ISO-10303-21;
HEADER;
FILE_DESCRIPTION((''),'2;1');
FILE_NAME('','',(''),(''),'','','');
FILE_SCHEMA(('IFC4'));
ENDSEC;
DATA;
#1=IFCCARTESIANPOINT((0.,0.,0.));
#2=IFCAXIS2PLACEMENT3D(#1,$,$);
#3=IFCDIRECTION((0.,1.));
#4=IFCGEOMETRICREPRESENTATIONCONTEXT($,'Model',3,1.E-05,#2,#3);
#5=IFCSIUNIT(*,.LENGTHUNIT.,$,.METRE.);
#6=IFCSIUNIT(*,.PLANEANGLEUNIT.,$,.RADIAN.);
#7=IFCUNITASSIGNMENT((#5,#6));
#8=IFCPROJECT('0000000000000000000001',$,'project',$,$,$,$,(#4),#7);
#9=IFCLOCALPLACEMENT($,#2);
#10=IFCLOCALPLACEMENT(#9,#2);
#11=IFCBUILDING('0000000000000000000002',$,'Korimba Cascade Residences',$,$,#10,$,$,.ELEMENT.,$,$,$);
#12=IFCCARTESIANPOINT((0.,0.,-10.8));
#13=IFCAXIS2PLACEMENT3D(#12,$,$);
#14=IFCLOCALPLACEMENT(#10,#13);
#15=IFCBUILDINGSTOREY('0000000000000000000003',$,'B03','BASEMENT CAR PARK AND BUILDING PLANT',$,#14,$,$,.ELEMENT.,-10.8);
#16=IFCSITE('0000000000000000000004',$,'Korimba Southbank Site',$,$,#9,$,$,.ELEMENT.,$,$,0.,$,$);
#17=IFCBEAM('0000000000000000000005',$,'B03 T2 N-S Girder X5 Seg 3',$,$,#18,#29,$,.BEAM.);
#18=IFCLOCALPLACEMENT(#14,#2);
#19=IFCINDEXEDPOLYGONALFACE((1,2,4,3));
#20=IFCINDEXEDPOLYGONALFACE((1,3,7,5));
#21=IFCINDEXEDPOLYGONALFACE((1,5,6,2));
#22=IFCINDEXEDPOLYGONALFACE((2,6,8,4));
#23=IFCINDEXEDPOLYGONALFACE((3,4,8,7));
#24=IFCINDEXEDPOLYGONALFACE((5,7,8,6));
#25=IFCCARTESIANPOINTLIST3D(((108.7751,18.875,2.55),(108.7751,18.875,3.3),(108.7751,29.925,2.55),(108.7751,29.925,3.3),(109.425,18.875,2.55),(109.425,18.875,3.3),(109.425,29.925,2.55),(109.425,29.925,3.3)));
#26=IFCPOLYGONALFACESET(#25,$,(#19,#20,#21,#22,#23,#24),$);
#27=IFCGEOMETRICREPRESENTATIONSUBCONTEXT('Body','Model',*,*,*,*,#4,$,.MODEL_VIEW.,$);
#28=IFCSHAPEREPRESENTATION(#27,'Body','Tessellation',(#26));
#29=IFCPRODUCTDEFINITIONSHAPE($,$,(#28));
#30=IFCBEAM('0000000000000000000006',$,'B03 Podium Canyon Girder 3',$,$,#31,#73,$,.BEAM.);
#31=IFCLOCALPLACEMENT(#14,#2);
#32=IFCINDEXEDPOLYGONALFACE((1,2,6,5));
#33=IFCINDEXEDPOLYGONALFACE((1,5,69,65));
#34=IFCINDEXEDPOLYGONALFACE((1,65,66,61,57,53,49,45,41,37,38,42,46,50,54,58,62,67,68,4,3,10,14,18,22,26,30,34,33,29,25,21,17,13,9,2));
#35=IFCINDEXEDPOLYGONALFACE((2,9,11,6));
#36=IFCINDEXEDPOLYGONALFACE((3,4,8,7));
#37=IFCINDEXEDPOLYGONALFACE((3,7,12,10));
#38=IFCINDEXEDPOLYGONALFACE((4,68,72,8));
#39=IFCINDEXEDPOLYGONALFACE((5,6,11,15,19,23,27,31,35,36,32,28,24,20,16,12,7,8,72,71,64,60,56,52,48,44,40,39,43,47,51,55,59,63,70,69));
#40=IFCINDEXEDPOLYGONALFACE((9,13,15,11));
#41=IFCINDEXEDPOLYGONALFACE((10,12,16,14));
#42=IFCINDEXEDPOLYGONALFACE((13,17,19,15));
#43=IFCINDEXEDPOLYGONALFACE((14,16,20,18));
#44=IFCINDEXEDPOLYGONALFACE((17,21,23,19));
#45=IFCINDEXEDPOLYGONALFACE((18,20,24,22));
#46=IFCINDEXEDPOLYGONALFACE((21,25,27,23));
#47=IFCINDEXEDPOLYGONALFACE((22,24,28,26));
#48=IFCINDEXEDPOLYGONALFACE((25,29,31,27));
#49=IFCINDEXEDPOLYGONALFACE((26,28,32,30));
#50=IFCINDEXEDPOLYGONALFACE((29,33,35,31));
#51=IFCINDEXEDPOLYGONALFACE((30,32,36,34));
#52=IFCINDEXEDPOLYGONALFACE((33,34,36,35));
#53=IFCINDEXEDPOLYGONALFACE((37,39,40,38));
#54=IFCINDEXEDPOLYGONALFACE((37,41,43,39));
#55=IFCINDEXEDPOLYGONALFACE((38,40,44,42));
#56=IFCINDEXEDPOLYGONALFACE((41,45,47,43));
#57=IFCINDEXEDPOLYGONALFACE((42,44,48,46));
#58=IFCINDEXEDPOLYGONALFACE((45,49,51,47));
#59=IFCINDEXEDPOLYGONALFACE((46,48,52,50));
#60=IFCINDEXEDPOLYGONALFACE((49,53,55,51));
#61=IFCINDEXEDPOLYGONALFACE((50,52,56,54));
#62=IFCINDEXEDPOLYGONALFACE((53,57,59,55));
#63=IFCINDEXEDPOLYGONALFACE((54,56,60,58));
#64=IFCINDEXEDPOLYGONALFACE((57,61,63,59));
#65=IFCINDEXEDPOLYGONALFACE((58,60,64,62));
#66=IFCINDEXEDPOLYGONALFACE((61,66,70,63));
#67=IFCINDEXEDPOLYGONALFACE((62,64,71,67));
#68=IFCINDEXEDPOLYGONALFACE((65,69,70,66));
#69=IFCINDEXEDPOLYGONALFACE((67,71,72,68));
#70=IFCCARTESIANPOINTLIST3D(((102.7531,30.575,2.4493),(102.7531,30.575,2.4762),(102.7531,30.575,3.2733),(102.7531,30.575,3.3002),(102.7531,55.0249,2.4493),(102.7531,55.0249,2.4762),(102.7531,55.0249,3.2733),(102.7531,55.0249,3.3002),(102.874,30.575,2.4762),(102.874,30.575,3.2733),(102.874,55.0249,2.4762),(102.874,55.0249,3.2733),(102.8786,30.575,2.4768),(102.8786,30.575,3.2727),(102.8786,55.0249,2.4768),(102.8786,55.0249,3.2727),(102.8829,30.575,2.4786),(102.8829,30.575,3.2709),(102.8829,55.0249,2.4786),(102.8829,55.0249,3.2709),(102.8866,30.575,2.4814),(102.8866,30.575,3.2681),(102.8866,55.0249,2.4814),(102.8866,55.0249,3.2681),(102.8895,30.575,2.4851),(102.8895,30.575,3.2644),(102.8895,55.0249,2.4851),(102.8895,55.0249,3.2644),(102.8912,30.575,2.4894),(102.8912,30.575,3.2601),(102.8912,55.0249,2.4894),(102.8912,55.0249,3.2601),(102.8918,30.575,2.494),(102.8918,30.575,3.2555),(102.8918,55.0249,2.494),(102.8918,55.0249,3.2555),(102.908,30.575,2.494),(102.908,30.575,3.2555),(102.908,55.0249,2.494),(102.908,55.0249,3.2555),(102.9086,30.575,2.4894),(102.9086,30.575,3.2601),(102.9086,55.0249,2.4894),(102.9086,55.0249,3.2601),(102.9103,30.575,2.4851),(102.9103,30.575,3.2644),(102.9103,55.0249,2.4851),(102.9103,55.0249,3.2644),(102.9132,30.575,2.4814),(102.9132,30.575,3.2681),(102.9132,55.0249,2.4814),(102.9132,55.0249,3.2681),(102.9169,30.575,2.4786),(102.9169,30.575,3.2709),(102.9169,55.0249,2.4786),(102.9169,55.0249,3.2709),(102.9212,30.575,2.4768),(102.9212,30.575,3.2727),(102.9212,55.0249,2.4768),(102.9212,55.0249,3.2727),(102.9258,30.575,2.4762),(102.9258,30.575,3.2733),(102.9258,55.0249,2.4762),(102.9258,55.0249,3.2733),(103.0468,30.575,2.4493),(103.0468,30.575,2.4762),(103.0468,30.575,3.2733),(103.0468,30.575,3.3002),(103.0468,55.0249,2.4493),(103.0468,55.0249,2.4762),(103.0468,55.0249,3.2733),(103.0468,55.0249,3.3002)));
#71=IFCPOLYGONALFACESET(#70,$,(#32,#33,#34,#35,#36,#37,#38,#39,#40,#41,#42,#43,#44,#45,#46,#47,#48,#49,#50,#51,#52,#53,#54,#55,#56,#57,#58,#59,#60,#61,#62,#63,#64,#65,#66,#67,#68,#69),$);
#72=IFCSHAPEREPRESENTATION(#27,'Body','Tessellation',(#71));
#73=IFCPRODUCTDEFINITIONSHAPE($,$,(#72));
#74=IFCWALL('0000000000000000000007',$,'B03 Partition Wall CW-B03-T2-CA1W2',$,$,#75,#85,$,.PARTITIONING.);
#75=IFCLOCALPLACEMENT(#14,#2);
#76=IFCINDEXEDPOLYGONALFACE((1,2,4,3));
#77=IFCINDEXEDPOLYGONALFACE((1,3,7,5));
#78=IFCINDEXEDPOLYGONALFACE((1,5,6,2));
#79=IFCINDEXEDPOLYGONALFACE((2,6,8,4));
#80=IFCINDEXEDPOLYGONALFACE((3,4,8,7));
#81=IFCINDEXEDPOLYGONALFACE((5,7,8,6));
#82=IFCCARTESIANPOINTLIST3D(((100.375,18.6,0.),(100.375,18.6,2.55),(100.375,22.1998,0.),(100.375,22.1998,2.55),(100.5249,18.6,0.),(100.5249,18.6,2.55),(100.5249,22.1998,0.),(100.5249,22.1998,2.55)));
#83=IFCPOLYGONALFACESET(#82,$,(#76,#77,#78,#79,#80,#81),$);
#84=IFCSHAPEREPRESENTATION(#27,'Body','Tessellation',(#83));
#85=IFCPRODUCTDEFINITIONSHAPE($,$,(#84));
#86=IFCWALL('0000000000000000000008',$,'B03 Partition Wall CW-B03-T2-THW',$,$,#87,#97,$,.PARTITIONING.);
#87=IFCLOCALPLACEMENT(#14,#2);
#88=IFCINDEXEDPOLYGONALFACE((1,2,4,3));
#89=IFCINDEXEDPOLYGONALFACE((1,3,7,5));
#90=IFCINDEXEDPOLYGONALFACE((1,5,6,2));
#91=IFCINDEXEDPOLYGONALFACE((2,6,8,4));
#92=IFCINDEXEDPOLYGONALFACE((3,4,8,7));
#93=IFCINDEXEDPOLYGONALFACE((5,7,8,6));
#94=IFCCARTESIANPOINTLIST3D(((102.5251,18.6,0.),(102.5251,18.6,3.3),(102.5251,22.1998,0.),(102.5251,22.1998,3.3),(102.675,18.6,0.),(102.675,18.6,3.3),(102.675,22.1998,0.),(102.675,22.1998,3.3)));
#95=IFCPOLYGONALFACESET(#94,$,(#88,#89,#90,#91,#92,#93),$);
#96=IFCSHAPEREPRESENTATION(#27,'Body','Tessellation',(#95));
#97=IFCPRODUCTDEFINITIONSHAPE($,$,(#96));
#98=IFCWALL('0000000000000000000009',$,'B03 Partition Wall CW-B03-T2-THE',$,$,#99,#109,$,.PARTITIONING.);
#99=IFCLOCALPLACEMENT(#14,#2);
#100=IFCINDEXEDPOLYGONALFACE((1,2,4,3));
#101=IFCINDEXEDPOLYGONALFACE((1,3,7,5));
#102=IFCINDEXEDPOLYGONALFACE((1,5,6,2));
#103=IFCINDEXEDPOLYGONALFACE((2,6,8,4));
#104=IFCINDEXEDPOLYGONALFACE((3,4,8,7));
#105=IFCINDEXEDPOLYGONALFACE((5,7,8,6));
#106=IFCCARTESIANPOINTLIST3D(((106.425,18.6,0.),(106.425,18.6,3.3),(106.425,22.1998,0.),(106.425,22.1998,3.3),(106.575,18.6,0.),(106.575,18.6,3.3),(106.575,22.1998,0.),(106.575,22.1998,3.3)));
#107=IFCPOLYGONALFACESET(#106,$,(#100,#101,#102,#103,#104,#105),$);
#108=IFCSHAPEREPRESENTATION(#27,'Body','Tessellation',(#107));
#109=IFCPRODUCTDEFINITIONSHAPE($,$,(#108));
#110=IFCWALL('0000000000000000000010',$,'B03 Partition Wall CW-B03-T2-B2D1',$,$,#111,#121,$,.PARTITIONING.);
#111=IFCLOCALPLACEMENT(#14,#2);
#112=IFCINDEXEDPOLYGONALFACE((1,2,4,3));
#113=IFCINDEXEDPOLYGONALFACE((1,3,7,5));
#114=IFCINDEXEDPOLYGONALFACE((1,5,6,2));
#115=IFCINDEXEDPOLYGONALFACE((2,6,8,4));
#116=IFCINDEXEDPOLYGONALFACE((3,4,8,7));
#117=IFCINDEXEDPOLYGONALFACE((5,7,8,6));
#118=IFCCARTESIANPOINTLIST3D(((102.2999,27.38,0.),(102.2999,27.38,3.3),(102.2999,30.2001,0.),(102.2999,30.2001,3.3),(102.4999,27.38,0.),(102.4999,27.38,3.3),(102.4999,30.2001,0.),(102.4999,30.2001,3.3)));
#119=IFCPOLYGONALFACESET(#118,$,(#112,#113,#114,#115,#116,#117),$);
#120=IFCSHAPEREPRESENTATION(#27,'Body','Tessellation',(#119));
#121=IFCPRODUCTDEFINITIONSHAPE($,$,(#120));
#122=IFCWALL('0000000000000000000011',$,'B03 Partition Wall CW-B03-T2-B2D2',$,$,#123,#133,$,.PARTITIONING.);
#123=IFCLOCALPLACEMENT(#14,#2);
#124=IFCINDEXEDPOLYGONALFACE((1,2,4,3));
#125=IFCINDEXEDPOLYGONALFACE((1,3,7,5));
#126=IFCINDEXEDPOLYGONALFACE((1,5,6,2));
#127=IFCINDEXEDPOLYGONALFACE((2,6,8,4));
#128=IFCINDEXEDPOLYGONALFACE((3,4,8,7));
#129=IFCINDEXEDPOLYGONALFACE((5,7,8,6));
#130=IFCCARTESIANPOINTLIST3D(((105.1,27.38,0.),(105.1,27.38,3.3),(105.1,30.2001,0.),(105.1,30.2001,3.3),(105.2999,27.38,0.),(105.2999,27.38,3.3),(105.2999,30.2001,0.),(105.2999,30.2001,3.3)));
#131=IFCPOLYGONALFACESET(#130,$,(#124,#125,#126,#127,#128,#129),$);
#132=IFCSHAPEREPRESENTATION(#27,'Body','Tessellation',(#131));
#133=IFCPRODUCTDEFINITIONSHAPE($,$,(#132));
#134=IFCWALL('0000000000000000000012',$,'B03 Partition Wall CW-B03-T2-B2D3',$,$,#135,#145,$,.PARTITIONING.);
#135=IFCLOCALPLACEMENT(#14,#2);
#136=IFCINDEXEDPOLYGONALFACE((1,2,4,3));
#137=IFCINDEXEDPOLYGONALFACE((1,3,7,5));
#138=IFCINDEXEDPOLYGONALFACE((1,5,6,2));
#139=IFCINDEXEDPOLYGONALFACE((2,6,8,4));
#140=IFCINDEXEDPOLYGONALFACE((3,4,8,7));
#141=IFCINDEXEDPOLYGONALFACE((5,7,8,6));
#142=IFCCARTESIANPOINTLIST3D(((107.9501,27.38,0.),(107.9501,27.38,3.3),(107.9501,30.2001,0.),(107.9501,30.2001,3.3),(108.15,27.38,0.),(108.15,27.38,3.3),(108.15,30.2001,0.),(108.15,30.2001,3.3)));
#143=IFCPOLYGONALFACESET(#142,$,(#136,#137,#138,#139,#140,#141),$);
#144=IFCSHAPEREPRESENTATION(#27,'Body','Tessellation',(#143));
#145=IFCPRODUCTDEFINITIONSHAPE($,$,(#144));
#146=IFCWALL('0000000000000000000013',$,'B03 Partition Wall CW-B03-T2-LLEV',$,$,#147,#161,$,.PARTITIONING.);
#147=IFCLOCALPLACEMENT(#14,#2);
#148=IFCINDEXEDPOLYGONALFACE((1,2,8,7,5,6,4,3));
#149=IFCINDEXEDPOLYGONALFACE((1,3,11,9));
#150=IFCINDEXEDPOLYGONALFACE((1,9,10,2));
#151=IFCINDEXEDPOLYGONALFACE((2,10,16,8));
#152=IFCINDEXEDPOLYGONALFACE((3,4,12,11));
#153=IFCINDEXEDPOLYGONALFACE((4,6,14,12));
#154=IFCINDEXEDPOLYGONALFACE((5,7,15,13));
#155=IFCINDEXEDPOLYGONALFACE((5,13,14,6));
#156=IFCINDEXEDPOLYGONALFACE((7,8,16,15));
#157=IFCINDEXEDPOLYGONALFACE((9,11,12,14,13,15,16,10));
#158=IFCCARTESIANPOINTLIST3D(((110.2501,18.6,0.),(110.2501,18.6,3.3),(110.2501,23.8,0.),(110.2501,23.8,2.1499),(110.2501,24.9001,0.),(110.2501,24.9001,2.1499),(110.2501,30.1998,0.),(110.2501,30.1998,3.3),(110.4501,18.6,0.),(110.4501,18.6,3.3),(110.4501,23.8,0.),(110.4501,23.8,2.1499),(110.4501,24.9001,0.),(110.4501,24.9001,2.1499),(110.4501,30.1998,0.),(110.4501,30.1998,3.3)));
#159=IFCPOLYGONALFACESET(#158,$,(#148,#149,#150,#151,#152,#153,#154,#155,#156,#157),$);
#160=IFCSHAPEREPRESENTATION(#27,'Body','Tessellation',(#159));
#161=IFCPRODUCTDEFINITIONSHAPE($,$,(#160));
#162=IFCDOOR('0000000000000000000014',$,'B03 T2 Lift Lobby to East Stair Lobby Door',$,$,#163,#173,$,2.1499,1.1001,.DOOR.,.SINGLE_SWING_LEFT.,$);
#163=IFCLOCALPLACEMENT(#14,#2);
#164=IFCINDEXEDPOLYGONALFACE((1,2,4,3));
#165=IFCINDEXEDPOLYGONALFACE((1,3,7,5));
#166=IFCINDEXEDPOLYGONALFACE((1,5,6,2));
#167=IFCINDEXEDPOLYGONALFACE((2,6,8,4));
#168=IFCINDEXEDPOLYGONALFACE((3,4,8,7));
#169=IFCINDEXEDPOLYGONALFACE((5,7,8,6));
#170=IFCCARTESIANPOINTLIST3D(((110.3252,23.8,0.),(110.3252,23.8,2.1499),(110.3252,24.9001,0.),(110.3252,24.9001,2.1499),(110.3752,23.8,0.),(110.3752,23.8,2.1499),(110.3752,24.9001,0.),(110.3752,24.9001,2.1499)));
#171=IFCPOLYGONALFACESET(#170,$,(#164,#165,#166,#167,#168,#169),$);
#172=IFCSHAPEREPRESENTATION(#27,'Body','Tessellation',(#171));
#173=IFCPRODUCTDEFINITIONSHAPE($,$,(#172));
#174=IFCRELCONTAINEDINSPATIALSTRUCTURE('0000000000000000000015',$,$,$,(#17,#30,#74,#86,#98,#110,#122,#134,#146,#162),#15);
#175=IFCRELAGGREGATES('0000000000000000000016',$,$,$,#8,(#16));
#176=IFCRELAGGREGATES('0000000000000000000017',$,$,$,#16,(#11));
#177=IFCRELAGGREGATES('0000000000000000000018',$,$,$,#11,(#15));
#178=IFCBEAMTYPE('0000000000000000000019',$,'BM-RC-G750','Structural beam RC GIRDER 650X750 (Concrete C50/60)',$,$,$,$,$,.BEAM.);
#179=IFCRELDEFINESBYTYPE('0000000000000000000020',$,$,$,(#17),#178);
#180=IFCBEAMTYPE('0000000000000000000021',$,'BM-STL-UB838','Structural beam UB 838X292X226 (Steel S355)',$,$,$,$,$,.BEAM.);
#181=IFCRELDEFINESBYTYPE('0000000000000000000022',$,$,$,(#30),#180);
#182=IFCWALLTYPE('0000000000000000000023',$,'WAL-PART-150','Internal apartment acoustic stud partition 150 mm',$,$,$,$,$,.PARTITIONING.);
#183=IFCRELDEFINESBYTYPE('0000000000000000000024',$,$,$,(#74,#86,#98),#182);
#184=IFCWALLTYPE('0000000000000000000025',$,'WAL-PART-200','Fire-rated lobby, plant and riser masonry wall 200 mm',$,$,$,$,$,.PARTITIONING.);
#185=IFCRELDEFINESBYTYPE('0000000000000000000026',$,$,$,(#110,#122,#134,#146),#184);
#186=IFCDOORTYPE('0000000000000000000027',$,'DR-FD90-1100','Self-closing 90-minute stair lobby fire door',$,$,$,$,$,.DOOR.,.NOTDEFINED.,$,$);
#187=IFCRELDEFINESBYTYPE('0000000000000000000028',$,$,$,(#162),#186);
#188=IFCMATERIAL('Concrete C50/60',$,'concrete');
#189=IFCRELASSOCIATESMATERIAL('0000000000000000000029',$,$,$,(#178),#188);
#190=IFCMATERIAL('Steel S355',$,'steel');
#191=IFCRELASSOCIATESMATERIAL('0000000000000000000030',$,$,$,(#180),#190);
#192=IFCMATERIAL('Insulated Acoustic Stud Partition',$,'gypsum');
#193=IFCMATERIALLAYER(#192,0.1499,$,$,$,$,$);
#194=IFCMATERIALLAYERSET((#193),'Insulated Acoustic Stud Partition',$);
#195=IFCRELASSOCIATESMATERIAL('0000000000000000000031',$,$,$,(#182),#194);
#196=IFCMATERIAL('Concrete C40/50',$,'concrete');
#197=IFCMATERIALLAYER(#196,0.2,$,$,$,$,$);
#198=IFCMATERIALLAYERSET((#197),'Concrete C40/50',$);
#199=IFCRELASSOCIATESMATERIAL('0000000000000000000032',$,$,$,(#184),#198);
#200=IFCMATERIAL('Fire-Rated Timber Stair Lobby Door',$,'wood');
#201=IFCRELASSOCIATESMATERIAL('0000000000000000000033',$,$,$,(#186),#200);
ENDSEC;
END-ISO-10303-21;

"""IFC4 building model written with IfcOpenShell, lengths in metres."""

from ifc_helpers import new_model, si_unit, direction, frame, frame_2d, origin, origin_2d, place, context, subcontext, project, spatial, rectangle, i_section, extrude, material, layer, layer_set, material_profile, profile_set, type_object, element, fill, save


model = new_model("IFC4")

# Units and contexts
model_context = context("Model", 3, precision=1e-05, world=origin(), true_north=direction((0.0, 1.0)))
body_context = subcontext(model_context, "Body", "Model", "MODEL_VIEW")
ifc_project = project(units=[si_unit("LENGTHUNIT", "METRE"), si_unit("PLANEANGLEUNIT", "RADIAN")], contexts=[model_context])

# Site, building, storey
site_placement = place(None, origin())
site = spatial("IfcSite", under=ifc_project, at=site_placement, Name="Korimba Southbank Site", CompositionType="ELEMENT", RefElevation=0.0)
building_placement = place(site_placement, origin())
building = spatial("IfcBuilding", under=site, at=building_placement, Name="Korimba Cascade Residences", CompositionType="ELEMENT")
storey_placement = place(building_placement, frame((0.0, 0.0, -10.8)))
storey = spatial("IfcBuildingStorey", under=building, at=storey_placement, Name="B03", Description="BASEMENT CAR PARK AND BUILDING PLANT", CompositionType="ELEMENT", Elevation=-10.8)

# Shared definitions
ifc_material_1 = material(Name="Concrete C50/60", Category="concrete")

# Beams
ifc_material_profile_1 = material_profile(ifc_material_1, rectangle(XDim=0.6499, YDim=0.75, at=origin_2d()), Name="Concrete C50/60")
ifc_profile_set_1 = profile_set([ifc_material_profile_1], Name="Concrete C50/60")
beam_type_1 = type_object("IfcBeamType", Name="BM-RC-G750", Description="Structural beam RC GIRDER 650X750 (Concrete C50/60)", PredefinedType="BEAM", material=ifc_profile_set_1)
beam_1_placement = place(storey_placement, frame((109.1001, 18.875, 2.925), z_axis=(0.0, 1.0, 0.0), x_axis=(-1.0, 0.0, 0.0)))
element("IfcBeam", 1, at=beam_1_placement, inside=storey, type_object=beam_type_1, Name="B03 T2 N-S Girder X5 Seg 3", PredefinedType="BEAM", context=body_context, shape_type="SweptSolid", body=[
    extrude(rectangle(XDim=0.6499, YDim=0.75, at=origin_2d()), origin(), (0.0, 0.0, 1.0), 11.05),
])
ifc_material_2 = material(Name="Steel S355", Category="steel")
ifc_material_profile_2 = material_profile(ifc_material_2, i_section(OverallWidth=0.2937, OverallDepth=0.8508, WebThickness=0.0161, FlangeThickness=0.0269, FilletRadius=0.0178, at=origin_2d()), Name="Steel S355")
ifc_profile_set_2 = profile_set([ifc_material_profile_2], Name="Steel S355")
beam_type_2 = type_object("IfcBeamType", Name="BM-STL-UB838", Description="Structural beam UB 838X292X226 (Steel S355)", PredefinedType="BEAM", material=ifc_profile_set_2)
beam_2_placement = place(storey_placement, frame((102.8999, 30.575, 2.8748), z_axis=(0.0, 1.0, 0.0), x_axis=(-1.0, 0.0, 0.0)))
element("IfcBeam", 2, at=beam_2_placement, inside=storey, type_object=beam_type_2, Name="B03 Podium Canyon Girder 3", PredefinedType="BEAM", context=body_context, shape_type="SweptSolid", body=[
    extrude(i_section(OverallWidth=0.2937, OverallDepth=0.8508, WebThickness=0.0161, FlangeThickness=0.0269, FilletRadius=0.0178, at=origin_2d()), origin(), (0.0, 0.0, 1.0), 24.45),
])

# Walls
ifc_material_3 = material(Name="Insulated Acoustic Stud Partition", Category="gypsum")
ifc_layer_1 = layer(ifc_material_3, 0.1499)
ifc_layer_set_1 = layer_set([ifc_layer_1], Name="Insulated Acoustic Stud Partition")
wall_type_1 = type_object("IfcWallType", Name="WAL-PART-150", Description="Internal apartment acoustic stud partition 150 mm", PredefinedType="PARTITIONING", material=ifc_layer_set_1)
wall_1_placement = place(storey_placement, frame((100.45, 18.6001, 0.0), z_axis=(0.0, 0.0, 1.0), x_axis=(0.0, 1.0, 0.0)))
element("IfcWall", 3, at=wall_1_placement, inside=storey, type_object=wall_type_1, Name="B03 Partition Wall CW-B03-T2-CA1W2", PredefinedType="PARTITIONING", context=body_context, shape_type="SweptSolid", body=[
    extrude(rectangle(XDim=3.5999, YDim=0.1499, at=frame_2d((1.7998, 0.0))), origin(), (0.0, 0.0, 1.0), 2.55),
])
for number, where, z_axis, x_axis, name in (
    (4, (102.6001, 18.6001, 0.0), (0.0, 0.0, 1.0), (0.0, 1.0, 0.0), "B03 Partition Wall CW-B03-T2-THW"),
    (5, (106.5, 18.6001, 0.0), (0.0, 0.0, 1.0), (0.0, 1.0, 0.0), "B03 Partition Wall CW-B03-T2-THE"),
):
    element("IfcWall", number, at=place(storey_placement, frame(where, z_axis=z_axis, x_axis=x_axis)), inside=storey, type_object=wall_type_1, Name=name, PredefinedType="PARTITIONING", context=body_context, shape_type="SweptSolid", body=[
        extrude(rectangle(XDim=3.5999, YDim=0.1499, at=frame_2d((1.7998, 0.0))), origin(), (0.0, 0.0, 1.0), 3.3),
    ])
ifc_material_4 = material(Name="Concrete C40/50", Category="concrete")
ifc_layer_2 = layer(ifc_material_4, 0.2)
ifc_layer_set_2 = layer_set([ifc_layer_2], Name="Concrete C40/50")
wall_type_2 = type_object("IfcWallType", Name="WAL-PART-200", Description="Fire-rated lobby, plant and riser masonry wall 200 mm", PredefinedType="PARTITIONING", material=ifc_layer_set_2)
for number, where, z_axis, x_axis, name in (
    (6, (102.3999, 27.3799, 0.0), (0.0, 0.0, 1.0), (0.0, 1.0, 0.0), "B03 Partition Wall CW-B03-T2-B2D1"),
    (7, (105.2, 27.3799, 0.0), (0.0, 0.0, 1.0), (0.0, 1.0, 0.0), "B03 Partition Wall CW-B03-T2-B2D2"),
    (8, (108.05, 27.3799, 0.0), (0.0, 0.0, 1.0), (0.0, 1.0, 0.0), "B03 Partition Wall CW-B03-T2-B2D3"),
):
    element("IfcWall", number, at=place(storey_placement, frame(where, z_axis=z_axis, x_axis=x_axis)), inside=storey, type_object=wall_type_2, Name=name, PredefinedType="PARTITIONING", context=body_context, shape_type="SweptSolid", body=[
        extrude(rectangle(XDim=2.8201, YDim=0.2, at=frame_2d((1.4102, 0.0))), origin(), (0.0, 0.0, 1.0), 3.3),
    ])

# Wall, opening, door
wall_2_placement = place(storey_placement, frame((110.3501, 18.6001, 0.0), z_axis=(0.0, 0.0, 1.0), x_axis=(0.0, 1.0, 0.0)))
wall_2 = element("IfcWall", 9, at=wall_2_placement, inside=storey, type_object=wall_type_2, Name="B03 Partition Wall CW-B03-T2-LLEV", PredefinedType="PARTITIONING", context=body_context, shape_type="SweptSolid", body=[
    extrude(rectangle(XDim=11.5999, YDim=0.2, at=frame_2d((5.7998, 0.0))), origin(), (0.0, 0.0, 1.0), 3.3),
])
opening_1_placement = place(wall_2_placement, frame((5.2, 0.0, 0.0)))
opening_1 = element("IfcOpeningElement", 10, at=opening_1_placement, cuts=wall_2, PredefinedType="OPENING", context=body_context, shape_type="SweptSolid", body=[
    extrude(rectangle(XDim=1.1001, YDim=2.1499, at=frame_2d((0.55, 1.075))), frame((0.0, 0.1099, 0.0), z_axis=(0.0, -1.0, 0.0), x_axis=(1.0, 0.0, 0.0)), (0.0, 0.0, 1.0), 0.22),
])
ifc_material_5 = material(Name="Fire-Rated Timber Stair Lobby Door", Category="wood")
door_type_1 = type_object("IfcDoorType", Name="DR-FD90-1100", Description="Self-closing 90-minute stair lobby fire door", OperationType="NOTDEFINED", PredefinedType="DOOR", material=ifc_material_5)
door_1_placement = place(opening_1_placement, origin())
door_1 = element("IfcDoor", 11, at=door_1_placement, inside=storey, type_object=door_type_1, Name="B03 T2 Lift Lobby to East Stair Lobby Door", OperationType="SINGLE_SWING_LEFT", OverallHeight=2.1499, OverallWidth=1.1001, PredefinedType="DOOR", context=body_context, shape_type="SweptSolid", body=[
    extrude(rectangle(XDim=1.1001, YDim=2.1499, at=frame_2d((0.55, 1.075))), frame((0.0, 0.0249, 0.0), z_axis=(0.0, -1.0, 0.0), x_axis=(1.0, 0.0, 0.0)), (0.0, 0.0, 1.0), 0.05),
])
fill(opening_1, door_1)

save(model, "model.ifc")
